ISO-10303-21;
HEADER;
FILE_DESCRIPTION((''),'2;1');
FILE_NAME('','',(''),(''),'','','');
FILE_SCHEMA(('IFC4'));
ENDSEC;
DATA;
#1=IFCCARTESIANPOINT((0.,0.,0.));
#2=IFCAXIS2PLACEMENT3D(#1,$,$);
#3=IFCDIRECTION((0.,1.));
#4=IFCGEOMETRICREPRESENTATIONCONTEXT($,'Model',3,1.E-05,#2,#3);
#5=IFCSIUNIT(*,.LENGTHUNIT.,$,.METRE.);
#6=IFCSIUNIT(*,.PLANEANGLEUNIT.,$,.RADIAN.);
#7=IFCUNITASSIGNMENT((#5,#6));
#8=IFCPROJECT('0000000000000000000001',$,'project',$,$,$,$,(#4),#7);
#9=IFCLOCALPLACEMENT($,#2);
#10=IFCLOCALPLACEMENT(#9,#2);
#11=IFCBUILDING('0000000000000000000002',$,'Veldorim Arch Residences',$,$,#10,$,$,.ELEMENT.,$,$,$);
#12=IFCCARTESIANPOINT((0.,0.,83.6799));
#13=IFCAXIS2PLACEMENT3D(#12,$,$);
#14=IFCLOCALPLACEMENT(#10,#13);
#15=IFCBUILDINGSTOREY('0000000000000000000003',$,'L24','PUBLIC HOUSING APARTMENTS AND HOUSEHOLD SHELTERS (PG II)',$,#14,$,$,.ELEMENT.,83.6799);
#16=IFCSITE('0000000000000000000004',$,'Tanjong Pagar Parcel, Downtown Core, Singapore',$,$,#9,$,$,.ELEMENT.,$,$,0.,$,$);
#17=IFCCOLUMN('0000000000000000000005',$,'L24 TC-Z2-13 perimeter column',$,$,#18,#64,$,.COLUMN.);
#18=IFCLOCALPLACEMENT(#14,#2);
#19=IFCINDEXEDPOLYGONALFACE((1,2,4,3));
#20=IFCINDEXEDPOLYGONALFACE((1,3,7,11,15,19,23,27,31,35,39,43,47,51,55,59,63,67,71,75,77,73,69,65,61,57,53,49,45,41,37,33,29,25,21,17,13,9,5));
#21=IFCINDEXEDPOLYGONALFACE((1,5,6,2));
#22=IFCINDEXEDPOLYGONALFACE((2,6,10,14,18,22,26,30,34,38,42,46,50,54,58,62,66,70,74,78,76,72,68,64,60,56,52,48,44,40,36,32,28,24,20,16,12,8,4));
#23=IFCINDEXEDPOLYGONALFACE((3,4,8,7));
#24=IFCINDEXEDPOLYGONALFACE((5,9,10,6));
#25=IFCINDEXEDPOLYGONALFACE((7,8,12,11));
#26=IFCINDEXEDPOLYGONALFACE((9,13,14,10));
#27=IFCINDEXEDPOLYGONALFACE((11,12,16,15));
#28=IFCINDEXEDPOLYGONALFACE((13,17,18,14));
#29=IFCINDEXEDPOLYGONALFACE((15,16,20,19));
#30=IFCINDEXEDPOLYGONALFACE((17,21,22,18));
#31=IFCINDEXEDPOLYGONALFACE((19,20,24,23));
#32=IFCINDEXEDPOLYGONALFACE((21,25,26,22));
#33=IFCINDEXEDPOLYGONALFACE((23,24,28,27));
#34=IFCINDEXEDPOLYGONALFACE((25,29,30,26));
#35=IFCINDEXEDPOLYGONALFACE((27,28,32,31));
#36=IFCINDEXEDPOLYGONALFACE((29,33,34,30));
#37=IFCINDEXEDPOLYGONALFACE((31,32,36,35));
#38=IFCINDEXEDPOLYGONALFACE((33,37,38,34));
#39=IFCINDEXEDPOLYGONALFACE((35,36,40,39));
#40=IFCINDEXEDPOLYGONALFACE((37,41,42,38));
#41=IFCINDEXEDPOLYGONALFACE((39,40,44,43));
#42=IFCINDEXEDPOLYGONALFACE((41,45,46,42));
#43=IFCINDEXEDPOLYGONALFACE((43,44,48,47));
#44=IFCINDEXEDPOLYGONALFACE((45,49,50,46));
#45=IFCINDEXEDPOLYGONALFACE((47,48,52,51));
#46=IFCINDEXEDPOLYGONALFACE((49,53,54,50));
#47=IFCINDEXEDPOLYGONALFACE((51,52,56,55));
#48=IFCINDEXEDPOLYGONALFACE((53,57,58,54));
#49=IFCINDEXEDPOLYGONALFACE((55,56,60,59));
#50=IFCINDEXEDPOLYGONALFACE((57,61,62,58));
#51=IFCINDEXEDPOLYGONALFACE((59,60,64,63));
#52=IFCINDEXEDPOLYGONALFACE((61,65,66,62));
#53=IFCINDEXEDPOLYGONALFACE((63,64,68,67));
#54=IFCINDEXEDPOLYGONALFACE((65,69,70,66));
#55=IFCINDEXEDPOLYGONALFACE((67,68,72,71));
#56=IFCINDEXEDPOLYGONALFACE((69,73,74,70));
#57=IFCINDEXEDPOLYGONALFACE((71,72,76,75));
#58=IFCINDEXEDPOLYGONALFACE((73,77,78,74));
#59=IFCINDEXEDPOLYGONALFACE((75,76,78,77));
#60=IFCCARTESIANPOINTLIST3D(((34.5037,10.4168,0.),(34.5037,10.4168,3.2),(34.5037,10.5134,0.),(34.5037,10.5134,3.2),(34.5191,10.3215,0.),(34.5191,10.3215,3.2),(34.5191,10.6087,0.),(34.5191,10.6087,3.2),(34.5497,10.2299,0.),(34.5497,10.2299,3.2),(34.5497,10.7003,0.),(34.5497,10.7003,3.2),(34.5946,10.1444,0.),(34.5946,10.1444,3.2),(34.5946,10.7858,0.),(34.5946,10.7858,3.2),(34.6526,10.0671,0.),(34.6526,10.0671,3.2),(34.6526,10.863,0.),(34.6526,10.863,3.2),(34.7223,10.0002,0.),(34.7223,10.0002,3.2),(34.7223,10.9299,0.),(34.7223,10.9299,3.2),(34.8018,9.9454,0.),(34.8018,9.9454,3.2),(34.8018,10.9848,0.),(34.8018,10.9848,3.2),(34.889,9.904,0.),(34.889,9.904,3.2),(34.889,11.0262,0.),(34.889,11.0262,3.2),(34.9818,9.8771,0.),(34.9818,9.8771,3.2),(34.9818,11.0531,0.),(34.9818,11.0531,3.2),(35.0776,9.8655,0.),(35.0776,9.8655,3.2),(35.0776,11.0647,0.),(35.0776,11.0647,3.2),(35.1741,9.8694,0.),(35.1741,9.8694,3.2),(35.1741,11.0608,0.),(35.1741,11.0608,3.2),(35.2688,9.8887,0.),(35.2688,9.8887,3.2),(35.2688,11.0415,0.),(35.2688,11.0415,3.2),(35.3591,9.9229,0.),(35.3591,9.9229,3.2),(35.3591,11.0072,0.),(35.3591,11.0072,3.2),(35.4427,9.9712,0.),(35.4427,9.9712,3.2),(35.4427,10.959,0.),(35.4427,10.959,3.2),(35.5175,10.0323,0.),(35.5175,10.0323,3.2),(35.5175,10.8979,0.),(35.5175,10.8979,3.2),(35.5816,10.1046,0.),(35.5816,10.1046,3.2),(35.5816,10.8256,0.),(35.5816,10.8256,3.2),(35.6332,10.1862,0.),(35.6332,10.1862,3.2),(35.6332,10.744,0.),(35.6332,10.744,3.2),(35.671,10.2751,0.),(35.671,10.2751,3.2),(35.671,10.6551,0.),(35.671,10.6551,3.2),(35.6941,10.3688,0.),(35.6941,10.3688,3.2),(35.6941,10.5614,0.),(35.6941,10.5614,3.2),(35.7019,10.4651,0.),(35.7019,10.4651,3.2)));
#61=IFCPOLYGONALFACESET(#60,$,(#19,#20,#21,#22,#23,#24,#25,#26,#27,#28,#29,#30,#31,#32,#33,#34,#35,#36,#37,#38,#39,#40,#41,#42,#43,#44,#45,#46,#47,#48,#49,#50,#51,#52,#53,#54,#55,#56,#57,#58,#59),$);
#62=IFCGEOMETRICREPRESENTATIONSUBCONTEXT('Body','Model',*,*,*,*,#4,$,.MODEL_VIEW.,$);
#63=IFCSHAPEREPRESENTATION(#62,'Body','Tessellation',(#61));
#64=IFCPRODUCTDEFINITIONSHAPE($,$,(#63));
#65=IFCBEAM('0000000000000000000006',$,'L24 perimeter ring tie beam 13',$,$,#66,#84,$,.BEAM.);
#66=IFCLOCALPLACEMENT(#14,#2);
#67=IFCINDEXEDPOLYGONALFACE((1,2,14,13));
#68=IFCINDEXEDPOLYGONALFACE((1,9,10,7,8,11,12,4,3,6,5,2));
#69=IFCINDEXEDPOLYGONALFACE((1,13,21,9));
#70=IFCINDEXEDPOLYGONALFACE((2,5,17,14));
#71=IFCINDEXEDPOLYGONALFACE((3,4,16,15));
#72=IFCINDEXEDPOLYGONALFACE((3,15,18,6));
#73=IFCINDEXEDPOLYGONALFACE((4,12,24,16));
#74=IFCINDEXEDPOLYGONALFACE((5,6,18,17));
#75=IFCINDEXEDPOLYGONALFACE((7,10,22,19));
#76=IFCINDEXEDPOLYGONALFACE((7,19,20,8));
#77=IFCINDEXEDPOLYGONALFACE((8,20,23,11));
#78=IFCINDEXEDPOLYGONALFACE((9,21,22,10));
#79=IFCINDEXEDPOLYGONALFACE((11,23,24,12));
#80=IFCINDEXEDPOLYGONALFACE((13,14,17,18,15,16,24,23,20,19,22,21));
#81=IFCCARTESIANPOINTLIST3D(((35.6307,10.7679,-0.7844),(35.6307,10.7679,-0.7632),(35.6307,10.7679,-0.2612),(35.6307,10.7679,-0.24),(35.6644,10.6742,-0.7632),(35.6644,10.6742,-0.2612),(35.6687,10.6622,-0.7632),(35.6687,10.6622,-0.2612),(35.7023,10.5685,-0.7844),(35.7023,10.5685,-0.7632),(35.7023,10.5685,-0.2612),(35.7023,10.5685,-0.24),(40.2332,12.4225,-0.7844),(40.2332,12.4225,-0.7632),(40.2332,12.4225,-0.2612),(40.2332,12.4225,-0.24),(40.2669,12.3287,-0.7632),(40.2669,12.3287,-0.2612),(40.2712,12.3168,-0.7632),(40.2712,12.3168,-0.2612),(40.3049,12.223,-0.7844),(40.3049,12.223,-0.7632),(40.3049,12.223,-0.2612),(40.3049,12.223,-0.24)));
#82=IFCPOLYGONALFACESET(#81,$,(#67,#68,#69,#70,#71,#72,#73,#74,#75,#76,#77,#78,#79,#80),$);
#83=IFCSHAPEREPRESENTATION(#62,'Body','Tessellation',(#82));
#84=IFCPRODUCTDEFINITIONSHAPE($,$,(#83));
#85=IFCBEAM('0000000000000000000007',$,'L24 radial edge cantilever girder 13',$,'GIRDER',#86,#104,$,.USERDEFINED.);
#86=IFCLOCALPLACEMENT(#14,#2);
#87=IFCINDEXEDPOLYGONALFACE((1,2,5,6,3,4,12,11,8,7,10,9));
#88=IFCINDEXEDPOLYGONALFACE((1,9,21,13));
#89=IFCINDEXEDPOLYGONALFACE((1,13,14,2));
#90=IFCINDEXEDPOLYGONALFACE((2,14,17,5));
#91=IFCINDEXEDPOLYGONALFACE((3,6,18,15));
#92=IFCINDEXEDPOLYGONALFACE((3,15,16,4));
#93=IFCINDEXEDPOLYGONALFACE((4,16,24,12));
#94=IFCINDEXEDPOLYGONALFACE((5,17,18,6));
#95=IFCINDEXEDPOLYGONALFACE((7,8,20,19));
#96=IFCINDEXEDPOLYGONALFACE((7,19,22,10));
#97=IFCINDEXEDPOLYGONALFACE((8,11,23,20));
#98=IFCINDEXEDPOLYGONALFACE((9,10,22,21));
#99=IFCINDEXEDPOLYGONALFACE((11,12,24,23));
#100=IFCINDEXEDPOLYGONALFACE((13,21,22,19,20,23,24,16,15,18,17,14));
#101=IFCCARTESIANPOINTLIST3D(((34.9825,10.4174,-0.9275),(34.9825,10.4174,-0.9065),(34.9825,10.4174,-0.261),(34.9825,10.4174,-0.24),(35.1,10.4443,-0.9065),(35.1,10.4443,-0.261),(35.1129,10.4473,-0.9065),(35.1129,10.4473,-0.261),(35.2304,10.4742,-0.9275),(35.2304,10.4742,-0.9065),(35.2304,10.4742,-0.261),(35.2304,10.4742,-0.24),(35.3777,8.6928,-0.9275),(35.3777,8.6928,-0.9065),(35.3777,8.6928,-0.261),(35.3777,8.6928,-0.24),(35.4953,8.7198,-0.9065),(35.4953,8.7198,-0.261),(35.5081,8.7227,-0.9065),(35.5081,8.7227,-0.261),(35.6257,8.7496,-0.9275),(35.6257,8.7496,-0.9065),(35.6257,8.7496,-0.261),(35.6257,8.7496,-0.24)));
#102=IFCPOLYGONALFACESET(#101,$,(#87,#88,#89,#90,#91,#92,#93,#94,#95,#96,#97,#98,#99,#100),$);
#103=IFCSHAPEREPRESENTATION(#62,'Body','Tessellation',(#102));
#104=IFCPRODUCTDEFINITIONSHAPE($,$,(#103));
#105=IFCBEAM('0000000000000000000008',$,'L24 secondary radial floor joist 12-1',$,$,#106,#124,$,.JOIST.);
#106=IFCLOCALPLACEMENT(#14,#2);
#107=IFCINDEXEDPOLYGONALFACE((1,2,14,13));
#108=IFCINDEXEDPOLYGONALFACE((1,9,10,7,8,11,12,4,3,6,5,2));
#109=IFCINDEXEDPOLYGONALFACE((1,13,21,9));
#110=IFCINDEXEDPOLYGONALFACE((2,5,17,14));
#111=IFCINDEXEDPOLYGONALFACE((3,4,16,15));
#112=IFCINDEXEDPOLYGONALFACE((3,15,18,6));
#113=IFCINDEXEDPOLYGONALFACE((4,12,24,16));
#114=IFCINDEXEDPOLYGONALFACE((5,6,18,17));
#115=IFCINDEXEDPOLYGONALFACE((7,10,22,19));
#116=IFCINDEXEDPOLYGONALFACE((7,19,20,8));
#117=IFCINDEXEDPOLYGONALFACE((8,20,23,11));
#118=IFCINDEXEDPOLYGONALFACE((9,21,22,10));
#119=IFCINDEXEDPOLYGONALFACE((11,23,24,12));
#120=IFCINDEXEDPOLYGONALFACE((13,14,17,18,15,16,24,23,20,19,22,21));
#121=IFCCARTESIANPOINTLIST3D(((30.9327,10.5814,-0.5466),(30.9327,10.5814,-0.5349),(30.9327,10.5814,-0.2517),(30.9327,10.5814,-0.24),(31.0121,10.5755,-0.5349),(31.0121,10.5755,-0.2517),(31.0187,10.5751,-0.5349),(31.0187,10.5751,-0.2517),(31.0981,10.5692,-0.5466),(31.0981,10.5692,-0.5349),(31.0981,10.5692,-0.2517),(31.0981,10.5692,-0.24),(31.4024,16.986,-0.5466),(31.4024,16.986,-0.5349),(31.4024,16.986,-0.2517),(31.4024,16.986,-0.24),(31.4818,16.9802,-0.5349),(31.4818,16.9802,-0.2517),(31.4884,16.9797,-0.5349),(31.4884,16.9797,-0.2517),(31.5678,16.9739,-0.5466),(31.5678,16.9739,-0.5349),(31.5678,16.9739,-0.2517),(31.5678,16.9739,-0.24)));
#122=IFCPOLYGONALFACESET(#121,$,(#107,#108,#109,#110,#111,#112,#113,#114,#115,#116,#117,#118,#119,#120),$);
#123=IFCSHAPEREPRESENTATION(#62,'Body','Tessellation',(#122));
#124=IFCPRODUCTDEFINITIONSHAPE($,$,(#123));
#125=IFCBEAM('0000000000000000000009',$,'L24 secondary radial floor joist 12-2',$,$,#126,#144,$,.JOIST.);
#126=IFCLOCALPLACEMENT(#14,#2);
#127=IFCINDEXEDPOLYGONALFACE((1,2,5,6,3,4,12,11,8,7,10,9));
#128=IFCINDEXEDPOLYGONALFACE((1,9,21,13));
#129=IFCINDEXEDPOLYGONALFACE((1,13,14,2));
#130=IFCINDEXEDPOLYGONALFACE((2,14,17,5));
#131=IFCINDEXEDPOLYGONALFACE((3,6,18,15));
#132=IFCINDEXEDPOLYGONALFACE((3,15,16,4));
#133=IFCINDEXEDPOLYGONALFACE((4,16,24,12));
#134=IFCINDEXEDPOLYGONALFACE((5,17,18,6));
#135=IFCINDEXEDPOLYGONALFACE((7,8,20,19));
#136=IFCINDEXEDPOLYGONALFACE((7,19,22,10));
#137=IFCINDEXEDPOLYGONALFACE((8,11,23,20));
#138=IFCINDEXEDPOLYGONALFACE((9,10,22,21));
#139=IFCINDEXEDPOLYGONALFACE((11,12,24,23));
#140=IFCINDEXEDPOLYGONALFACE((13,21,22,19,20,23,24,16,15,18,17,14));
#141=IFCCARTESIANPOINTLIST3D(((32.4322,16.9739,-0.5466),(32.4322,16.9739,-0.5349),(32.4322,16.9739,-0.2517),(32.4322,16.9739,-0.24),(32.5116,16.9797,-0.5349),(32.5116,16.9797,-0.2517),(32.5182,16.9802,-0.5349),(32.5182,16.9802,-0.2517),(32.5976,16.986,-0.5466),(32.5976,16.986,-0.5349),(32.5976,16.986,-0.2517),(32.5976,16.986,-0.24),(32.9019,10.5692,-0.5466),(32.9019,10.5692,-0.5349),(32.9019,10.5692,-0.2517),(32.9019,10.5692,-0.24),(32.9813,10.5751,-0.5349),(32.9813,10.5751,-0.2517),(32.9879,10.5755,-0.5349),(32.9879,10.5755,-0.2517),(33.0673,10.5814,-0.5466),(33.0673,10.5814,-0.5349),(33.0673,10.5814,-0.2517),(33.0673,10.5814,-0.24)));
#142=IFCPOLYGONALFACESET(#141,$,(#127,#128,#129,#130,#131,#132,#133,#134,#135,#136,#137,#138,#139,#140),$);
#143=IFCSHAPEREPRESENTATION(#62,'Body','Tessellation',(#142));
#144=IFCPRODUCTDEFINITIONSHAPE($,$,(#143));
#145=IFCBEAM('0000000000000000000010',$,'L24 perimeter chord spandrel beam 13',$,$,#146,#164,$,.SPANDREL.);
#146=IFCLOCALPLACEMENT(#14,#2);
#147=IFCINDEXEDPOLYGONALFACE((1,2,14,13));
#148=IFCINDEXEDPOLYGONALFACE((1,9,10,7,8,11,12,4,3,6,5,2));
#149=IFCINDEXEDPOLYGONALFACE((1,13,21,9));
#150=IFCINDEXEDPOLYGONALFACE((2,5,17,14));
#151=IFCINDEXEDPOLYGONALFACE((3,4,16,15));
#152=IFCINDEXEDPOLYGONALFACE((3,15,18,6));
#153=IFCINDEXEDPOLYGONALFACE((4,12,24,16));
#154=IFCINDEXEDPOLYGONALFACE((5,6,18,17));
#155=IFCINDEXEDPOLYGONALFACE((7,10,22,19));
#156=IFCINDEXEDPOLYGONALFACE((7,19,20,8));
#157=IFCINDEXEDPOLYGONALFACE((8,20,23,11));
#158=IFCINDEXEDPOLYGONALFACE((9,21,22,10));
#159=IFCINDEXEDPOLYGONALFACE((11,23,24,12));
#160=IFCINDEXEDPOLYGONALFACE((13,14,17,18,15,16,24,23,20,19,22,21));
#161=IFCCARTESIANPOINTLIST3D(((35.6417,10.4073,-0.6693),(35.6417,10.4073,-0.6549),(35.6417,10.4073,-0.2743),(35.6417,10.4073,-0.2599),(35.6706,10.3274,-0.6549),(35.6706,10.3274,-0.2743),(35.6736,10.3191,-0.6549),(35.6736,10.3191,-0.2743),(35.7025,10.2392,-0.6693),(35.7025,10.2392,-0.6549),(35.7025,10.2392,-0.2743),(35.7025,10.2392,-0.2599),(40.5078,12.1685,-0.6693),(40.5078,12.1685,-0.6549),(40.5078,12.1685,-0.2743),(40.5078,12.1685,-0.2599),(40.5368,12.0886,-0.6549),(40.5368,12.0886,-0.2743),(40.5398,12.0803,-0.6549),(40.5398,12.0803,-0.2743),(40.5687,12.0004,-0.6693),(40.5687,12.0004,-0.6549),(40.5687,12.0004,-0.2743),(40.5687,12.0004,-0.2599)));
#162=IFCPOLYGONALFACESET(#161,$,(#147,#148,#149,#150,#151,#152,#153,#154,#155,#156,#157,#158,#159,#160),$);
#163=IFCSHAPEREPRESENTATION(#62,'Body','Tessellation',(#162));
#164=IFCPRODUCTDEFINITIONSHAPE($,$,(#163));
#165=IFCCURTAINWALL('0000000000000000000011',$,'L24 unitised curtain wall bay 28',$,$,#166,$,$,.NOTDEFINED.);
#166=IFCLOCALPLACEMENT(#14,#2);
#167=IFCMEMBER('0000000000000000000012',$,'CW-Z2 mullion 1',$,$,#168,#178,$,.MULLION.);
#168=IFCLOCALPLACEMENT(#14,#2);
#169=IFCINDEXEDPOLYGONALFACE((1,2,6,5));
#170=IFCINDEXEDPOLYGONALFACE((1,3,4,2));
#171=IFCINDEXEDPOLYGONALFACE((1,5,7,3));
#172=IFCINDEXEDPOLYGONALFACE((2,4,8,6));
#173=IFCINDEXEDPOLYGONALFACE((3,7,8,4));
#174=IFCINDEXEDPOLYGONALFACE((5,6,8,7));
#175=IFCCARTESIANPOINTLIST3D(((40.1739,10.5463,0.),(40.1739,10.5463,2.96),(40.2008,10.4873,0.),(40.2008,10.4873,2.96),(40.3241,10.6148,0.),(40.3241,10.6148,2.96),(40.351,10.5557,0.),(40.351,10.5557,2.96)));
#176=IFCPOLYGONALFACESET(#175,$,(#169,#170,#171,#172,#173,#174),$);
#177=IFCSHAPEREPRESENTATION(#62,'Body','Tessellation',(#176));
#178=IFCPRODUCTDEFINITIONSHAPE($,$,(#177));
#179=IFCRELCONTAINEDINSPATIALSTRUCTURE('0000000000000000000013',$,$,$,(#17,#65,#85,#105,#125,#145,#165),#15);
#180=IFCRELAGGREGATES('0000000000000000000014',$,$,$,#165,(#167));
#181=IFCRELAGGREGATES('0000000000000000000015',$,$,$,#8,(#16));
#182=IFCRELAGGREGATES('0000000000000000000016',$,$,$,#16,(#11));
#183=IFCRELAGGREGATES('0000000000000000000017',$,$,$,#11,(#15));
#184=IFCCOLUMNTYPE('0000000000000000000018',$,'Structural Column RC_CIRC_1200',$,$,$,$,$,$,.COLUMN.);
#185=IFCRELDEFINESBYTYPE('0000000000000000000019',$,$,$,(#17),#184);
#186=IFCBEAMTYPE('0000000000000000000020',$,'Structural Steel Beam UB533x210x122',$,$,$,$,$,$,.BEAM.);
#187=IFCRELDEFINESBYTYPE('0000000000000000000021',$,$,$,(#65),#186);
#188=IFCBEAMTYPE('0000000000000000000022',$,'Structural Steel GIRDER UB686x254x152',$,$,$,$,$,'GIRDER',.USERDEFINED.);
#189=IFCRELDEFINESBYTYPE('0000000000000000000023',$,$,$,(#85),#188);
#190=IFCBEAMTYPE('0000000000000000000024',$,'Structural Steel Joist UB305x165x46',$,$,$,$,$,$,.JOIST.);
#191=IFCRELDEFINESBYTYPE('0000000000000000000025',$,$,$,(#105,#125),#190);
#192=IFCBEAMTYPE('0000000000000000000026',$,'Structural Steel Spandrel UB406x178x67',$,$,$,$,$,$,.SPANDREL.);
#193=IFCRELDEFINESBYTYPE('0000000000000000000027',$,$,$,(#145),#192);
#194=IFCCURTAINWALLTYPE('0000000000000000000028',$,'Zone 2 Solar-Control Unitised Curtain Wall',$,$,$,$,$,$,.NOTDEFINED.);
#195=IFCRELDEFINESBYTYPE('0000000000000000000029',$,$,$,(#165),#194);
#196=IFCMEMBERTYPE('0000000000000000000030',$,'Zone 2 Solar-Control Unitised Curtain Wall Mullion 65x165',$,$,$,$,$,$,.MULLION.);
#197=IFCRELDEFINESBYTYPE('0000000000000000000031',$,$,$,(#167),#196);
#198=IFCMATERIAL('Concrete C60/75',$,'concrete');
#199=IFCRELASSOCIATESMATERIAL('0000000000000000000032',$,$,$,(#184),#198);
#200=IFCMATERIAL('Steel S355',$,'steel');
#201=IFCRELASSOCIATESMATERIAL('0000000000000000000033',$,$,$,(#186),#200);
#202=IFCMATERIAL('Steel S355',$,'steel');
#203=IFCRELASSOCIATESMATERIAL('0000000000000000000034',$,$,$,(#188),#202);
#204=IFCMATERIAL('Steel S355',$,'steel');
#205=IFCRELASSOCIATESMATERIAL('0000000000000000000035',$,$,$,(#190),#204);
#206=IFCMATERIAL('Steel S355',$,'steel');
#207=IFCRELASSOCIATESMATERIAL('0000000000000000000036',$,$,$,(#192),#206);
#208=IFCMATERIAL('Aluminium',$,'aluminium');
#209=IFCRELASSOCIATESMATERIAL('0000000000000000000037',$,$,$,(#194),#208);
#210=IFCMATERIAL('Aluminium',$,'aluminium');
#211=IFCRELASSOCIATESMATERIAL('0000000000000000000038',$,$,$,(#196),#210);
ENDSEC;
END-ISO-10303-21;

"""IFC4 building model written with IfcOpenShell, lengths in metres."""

from ifc_helpers import new_model, si_unit, direction, frame, origin, origin_2d, place, context, subcontext, project, spatial, rectangle, circle, i_section, extrude, material, material_profile, profile_set, type_object, element, aggregate, save


model = new_model("IFC4")

# Units and contexts
model_context = context("Model", 3, precision=1e-05, world=origin(), true_north=direction((0.0, 1.0)))
body_context = subcontext(model_context, "Body", "Model", "MODEL_VIEW")
ifc_project = project(units=[si_unit("LENGTHUNIT", "METRE"), si_unit("PLANEANGLEUNIT", "RADIAN")], contexts=[model_context])

# Site, building, storey
site_placement = place(None, origin())
site = spatial("IfcSite", under=ifc_project, at=site_placement, Name="Tanjong Pagar Parcel, Downtown Core, Singapore", CompositionType="ELEMENT", RefElevation=0.0)
building_placement = place(site_placement, origin())
building = spatial("IfcBuilding", under=site, at=building_placement, Name="Veldorim Arch Residences", CompositionType="ELEMENT")
storey_placement = place(building_placement, frame((0.0, 0.0, 83.6799)))
storey = spatial("IfcBuildingStorey", under=building, at=storey_placement, Name="L24", Description="PUBLIC HOUSING APARTMENTS AND HOUSEHOLD SHELTERS (PG II)", CompositionType="ELEMENT", Elevation=83.6799)

# Column
ifc_material_1 = material(Name="Concrete C60/75", Category="concrete")
ifc_material_profile_1 = material_profile(ifc_material_1, circle(Radius=0.6001, at=origin_2d()), Name="RC_CIRC_1200")
ifc_profile_set_1 = profile_set([ifc_material_profile_1], Name="Concrete C60/75")
column_type = type_object("IfcColumnType", Name="Structural Column RC_CIRC_1200", PredefinedType="COLUMN", material=ifc_profile_set_1)
column_placement = place(storey_placement, frame((35.1018, 10.4651, 0.0), z_axis=(0.0, 0.0, 1.0), x_axis=(1.0, 0.0, 0.0)))
element("IfcColumn", 1, at=column_placement, inside=storey, type_object=column_type, Name="L24 TC-Z2-13 perimeter column", PredefinedType="COLUMN", context=body_context, shape_type="SweptSolid", body=[
    extrude(circle(Radius=0.6001, at=origin_2d()), origin(), (0.0, 0.0, 1.0), 3.2),
])

# Beams
ifc_material_2 = material(Name="Steel S355", Category="steel")
ifc_material_profile_2 = material_profile(ifc_material_2, i_section(OverallWidth=0.2119, OverallDepth=0.5444, WebThickness=0.0127, FlangeThickness=0.0212, at=origin_2d()), Name="UB533x210x122")
ifc_profile_set_2 = profile_set([ifc_material_profile_2], Name="Steel S355")
beam_type_1 = type_object("IfcBeamType", Name="Structural Steel Beam UB533x210x122", PredefinedType="BEAM", material=ifc_profile_set_2)
beam_1_placement = place(storey_placement, frame((35.6665, 10.6682, -0.5122), z_axis=(0.941042, 0.33829, 0.0), x_axis=(-0.33829, 0.941042, 0.0)))
element("IfcBeam", 2, at=beam_1_placement, inside=storey, type_object=beam_type_1, Name="L24 perimeter ring tie beam 13", PredefinedType="BEAM", context=body_context, shape_type="SweptSolid", body=[
    extrude(i_section(OverallWidth=0.2119, OverallDepth=0.5444, WebThickness=0.0127, FlangeThickness=0.0212, at=origin_2d()), origin(), (0.0, 0.0, 1.0), 4.8909),
])
ifc_material_3 = material(Name="Steel S355", Category="steel")
ifc_material_profile_3 = material_profile(ifc_material_3, i_section(OverallWidth=0.2544, OverallDepth=0.6875, WebThickness=0.0132, FlangeThickness=0.021, at=origin_2d()), Name="UB686x254x152")
ifc_profile_set_3 = profile_set([ifc_material_profile_3], Name="Steel S355")
beam_type_2 = type_object("IfcBeamType", Name="Structural Steel GIRDER UB686x254x152", ElementType="GIRDER", PredefinedType="USERDEFINED", material=ifc_profile_set_3)
beam_2_placement = place(storey_placement, frame((35.1064, 10.4458, -0.5837), z_axis=(0.223398, -0.974727, 0.0), x_axis=(0.974727, 0.223398, 0.0)))
element("IfcBeam", 3, at=beam_2_placement, inside=storey, type_object=beam_type_2, Name="L24 radial edge cantilever girder 13", ObjectType="GIRDER", PredefinedType="USERDEFINED", context=body_context, shape_type="SweptSolid", body=[
    extrude(i_section(OverallWidth=0.2544, OverallDepth=0.6875, WebThickness=0.0132, FlangeThickness=0.021, at=origin_2d()), origin(), (0.0, 0.0, 1.0), 1.7693),
])
ifc_material_4 = material(Name="Steel S355", Category="steel")
ifc_material_profile_4 = material_profile(ifc_material_4, i_section(OverallWidth=0.1658, OverallDepth=0.3066, WebThickness=0.0066, FlangeThickness=0.0117, at=origin_2d()), Name="UB305x165x46")
ifc_profile_set_4 = profile_set([ifc_material_profile_4], Name="Steel S355")
beam_type_3 = type_object("IfcBeamType", Name="Structural Steel Joist UB305x165x46", PredefinedType="JOIST", material=ifc_profile_set_4)
for number, where, z_axis, x_axis, name in (
    (4, (31.4851, 16.98, -0.3933), (-0.073143, -0.997321, 0.0), (0.997321, -0.073143, 0.0), "L24 secondary radial floor joist 12-1"),
    (5, (32.5149, 16.98, -0.3933), (0.073143, -0.997321, 0.0), (0.997321, 0.073143, 0.0), "L24 secondary radial floor joist 12-2"),
):
    element("IfcBeam", number, at=place(storey_placement, frame(where, z_axis=z_axis, x_axis=x_axis)), inside=storey, type_object=beam_type_3, Name=name, PredefinedType="JOIST", context=body_context, shape_type="SweptSolid", body=[
        extrude(i_section(OverallWidth=0.1658, OverallDepth=0.3066, WebThickness=0.0066, FlangeThickness=0.0117, at=origin_2d()), origin(), (0.0, 0.0, 1.0), 6.4219),
    ])
ifc_material_5 = material(Name="Steel S355", Category="steel")
ifc_material_profile_5 = material_profile(ifc_material_5, i_section(OverallWidth=0.1787, OverallDepth=0.4094, WebThickness=0.0088, FlangeThickness=0.0144, at=origin_2d()), Name="UB406x178x67")
ifc_profile_set_5 = profile_set([ifc_material_profile_5], Name="Steel S355")
beam_type_4 = type_object("IfcBeamType", Name="Structural Steel Spandrel UB406x178x67", PredefinedType="SPANDREL", material=ifc_profile_set_5)
beam_3_placement = place(storey_placement, frame((35.6721, 10.3232, -0.4646), z_axis=(0.940308, 0.340326, 0.0), x_axis=(-0.340326, 0.940308, 0.0)))
element("IfcBeam", 6, at=beam_3_placement, inside=storey, type_object=beam_type_4, Name="L24 perimeter chord spandrel beam 13", PredefinedType="SPANDREL", context=body_context, shape_type="SweptSolid", body=[
    extrude(i_section(OverallWidth=0.1787, OverallDepth=0.4094, WebThickness=0.0088, FlangeThickness=0.0144, at=origin_2d()), origin(), (0.0, 0.0, 1.0), 5.175),
])

# Curtain wall, member
ifc_material_6 = material(Name="Aluminium", Category="aluminium")
curtain_wall_type = type_object("IfcCurtainWallType", Name="Zone 2 Solar-Control Unitised Curtain Wall", PredefinedType="NOTDEFINED", material=ifc_material_6)
curtain_wall_placement = place(storey_placement, origin())
curtain_wall = element("IfcCurtainWall", 7, at=curtain_wall_placement, inside=storey, type_object=curtain_wall_type, Name="L24 unitised curtain wall bay 28", PredefinedType="NOTDEFINED")
ifc_material_7 = material(Name="Aluminium", Category="aluminium")
ifc_material_profile_6 = material_profile(ifc_material_7, rectangle(XDim=0.0649, YDim=0.165, at=origin_2d()), Name="ALU_MUL_65x165")
ifc_profile_set_6 = profile_set([ifc_material_profile_6], Name="Aluminium")
member_type_1 = type_object("IfcMemberType", Name="Zone 2 Solar-Control Unitised Curtain Wall Mullion 65x165", PredefinedType="MULLION", material=ifc_profile_set_6)
member_1_placement = place(storey_placement, frame((40.2625, 10.551, 0.0), z_axis=(0.0, 0.0, 1.0), x_axis=(0.414742, -0.909939, 0.0)))
member_1 = element("IfcMember", 8, at=member_1_placement, type_object=member_type_1, Name="CW-Z2 mullion 1", PredefinedType="MULLION", context=body_context, shape_type="SweptSolid", body=[
    extrude(rectangle(XDim=0.0649, YDim=0.165, at=origin_2d()), origin(), (0.0, 0.0, 1.0), 2.96),
])
aggregate(curtain_wall, [member_1])

save(model, "model.ifc")
